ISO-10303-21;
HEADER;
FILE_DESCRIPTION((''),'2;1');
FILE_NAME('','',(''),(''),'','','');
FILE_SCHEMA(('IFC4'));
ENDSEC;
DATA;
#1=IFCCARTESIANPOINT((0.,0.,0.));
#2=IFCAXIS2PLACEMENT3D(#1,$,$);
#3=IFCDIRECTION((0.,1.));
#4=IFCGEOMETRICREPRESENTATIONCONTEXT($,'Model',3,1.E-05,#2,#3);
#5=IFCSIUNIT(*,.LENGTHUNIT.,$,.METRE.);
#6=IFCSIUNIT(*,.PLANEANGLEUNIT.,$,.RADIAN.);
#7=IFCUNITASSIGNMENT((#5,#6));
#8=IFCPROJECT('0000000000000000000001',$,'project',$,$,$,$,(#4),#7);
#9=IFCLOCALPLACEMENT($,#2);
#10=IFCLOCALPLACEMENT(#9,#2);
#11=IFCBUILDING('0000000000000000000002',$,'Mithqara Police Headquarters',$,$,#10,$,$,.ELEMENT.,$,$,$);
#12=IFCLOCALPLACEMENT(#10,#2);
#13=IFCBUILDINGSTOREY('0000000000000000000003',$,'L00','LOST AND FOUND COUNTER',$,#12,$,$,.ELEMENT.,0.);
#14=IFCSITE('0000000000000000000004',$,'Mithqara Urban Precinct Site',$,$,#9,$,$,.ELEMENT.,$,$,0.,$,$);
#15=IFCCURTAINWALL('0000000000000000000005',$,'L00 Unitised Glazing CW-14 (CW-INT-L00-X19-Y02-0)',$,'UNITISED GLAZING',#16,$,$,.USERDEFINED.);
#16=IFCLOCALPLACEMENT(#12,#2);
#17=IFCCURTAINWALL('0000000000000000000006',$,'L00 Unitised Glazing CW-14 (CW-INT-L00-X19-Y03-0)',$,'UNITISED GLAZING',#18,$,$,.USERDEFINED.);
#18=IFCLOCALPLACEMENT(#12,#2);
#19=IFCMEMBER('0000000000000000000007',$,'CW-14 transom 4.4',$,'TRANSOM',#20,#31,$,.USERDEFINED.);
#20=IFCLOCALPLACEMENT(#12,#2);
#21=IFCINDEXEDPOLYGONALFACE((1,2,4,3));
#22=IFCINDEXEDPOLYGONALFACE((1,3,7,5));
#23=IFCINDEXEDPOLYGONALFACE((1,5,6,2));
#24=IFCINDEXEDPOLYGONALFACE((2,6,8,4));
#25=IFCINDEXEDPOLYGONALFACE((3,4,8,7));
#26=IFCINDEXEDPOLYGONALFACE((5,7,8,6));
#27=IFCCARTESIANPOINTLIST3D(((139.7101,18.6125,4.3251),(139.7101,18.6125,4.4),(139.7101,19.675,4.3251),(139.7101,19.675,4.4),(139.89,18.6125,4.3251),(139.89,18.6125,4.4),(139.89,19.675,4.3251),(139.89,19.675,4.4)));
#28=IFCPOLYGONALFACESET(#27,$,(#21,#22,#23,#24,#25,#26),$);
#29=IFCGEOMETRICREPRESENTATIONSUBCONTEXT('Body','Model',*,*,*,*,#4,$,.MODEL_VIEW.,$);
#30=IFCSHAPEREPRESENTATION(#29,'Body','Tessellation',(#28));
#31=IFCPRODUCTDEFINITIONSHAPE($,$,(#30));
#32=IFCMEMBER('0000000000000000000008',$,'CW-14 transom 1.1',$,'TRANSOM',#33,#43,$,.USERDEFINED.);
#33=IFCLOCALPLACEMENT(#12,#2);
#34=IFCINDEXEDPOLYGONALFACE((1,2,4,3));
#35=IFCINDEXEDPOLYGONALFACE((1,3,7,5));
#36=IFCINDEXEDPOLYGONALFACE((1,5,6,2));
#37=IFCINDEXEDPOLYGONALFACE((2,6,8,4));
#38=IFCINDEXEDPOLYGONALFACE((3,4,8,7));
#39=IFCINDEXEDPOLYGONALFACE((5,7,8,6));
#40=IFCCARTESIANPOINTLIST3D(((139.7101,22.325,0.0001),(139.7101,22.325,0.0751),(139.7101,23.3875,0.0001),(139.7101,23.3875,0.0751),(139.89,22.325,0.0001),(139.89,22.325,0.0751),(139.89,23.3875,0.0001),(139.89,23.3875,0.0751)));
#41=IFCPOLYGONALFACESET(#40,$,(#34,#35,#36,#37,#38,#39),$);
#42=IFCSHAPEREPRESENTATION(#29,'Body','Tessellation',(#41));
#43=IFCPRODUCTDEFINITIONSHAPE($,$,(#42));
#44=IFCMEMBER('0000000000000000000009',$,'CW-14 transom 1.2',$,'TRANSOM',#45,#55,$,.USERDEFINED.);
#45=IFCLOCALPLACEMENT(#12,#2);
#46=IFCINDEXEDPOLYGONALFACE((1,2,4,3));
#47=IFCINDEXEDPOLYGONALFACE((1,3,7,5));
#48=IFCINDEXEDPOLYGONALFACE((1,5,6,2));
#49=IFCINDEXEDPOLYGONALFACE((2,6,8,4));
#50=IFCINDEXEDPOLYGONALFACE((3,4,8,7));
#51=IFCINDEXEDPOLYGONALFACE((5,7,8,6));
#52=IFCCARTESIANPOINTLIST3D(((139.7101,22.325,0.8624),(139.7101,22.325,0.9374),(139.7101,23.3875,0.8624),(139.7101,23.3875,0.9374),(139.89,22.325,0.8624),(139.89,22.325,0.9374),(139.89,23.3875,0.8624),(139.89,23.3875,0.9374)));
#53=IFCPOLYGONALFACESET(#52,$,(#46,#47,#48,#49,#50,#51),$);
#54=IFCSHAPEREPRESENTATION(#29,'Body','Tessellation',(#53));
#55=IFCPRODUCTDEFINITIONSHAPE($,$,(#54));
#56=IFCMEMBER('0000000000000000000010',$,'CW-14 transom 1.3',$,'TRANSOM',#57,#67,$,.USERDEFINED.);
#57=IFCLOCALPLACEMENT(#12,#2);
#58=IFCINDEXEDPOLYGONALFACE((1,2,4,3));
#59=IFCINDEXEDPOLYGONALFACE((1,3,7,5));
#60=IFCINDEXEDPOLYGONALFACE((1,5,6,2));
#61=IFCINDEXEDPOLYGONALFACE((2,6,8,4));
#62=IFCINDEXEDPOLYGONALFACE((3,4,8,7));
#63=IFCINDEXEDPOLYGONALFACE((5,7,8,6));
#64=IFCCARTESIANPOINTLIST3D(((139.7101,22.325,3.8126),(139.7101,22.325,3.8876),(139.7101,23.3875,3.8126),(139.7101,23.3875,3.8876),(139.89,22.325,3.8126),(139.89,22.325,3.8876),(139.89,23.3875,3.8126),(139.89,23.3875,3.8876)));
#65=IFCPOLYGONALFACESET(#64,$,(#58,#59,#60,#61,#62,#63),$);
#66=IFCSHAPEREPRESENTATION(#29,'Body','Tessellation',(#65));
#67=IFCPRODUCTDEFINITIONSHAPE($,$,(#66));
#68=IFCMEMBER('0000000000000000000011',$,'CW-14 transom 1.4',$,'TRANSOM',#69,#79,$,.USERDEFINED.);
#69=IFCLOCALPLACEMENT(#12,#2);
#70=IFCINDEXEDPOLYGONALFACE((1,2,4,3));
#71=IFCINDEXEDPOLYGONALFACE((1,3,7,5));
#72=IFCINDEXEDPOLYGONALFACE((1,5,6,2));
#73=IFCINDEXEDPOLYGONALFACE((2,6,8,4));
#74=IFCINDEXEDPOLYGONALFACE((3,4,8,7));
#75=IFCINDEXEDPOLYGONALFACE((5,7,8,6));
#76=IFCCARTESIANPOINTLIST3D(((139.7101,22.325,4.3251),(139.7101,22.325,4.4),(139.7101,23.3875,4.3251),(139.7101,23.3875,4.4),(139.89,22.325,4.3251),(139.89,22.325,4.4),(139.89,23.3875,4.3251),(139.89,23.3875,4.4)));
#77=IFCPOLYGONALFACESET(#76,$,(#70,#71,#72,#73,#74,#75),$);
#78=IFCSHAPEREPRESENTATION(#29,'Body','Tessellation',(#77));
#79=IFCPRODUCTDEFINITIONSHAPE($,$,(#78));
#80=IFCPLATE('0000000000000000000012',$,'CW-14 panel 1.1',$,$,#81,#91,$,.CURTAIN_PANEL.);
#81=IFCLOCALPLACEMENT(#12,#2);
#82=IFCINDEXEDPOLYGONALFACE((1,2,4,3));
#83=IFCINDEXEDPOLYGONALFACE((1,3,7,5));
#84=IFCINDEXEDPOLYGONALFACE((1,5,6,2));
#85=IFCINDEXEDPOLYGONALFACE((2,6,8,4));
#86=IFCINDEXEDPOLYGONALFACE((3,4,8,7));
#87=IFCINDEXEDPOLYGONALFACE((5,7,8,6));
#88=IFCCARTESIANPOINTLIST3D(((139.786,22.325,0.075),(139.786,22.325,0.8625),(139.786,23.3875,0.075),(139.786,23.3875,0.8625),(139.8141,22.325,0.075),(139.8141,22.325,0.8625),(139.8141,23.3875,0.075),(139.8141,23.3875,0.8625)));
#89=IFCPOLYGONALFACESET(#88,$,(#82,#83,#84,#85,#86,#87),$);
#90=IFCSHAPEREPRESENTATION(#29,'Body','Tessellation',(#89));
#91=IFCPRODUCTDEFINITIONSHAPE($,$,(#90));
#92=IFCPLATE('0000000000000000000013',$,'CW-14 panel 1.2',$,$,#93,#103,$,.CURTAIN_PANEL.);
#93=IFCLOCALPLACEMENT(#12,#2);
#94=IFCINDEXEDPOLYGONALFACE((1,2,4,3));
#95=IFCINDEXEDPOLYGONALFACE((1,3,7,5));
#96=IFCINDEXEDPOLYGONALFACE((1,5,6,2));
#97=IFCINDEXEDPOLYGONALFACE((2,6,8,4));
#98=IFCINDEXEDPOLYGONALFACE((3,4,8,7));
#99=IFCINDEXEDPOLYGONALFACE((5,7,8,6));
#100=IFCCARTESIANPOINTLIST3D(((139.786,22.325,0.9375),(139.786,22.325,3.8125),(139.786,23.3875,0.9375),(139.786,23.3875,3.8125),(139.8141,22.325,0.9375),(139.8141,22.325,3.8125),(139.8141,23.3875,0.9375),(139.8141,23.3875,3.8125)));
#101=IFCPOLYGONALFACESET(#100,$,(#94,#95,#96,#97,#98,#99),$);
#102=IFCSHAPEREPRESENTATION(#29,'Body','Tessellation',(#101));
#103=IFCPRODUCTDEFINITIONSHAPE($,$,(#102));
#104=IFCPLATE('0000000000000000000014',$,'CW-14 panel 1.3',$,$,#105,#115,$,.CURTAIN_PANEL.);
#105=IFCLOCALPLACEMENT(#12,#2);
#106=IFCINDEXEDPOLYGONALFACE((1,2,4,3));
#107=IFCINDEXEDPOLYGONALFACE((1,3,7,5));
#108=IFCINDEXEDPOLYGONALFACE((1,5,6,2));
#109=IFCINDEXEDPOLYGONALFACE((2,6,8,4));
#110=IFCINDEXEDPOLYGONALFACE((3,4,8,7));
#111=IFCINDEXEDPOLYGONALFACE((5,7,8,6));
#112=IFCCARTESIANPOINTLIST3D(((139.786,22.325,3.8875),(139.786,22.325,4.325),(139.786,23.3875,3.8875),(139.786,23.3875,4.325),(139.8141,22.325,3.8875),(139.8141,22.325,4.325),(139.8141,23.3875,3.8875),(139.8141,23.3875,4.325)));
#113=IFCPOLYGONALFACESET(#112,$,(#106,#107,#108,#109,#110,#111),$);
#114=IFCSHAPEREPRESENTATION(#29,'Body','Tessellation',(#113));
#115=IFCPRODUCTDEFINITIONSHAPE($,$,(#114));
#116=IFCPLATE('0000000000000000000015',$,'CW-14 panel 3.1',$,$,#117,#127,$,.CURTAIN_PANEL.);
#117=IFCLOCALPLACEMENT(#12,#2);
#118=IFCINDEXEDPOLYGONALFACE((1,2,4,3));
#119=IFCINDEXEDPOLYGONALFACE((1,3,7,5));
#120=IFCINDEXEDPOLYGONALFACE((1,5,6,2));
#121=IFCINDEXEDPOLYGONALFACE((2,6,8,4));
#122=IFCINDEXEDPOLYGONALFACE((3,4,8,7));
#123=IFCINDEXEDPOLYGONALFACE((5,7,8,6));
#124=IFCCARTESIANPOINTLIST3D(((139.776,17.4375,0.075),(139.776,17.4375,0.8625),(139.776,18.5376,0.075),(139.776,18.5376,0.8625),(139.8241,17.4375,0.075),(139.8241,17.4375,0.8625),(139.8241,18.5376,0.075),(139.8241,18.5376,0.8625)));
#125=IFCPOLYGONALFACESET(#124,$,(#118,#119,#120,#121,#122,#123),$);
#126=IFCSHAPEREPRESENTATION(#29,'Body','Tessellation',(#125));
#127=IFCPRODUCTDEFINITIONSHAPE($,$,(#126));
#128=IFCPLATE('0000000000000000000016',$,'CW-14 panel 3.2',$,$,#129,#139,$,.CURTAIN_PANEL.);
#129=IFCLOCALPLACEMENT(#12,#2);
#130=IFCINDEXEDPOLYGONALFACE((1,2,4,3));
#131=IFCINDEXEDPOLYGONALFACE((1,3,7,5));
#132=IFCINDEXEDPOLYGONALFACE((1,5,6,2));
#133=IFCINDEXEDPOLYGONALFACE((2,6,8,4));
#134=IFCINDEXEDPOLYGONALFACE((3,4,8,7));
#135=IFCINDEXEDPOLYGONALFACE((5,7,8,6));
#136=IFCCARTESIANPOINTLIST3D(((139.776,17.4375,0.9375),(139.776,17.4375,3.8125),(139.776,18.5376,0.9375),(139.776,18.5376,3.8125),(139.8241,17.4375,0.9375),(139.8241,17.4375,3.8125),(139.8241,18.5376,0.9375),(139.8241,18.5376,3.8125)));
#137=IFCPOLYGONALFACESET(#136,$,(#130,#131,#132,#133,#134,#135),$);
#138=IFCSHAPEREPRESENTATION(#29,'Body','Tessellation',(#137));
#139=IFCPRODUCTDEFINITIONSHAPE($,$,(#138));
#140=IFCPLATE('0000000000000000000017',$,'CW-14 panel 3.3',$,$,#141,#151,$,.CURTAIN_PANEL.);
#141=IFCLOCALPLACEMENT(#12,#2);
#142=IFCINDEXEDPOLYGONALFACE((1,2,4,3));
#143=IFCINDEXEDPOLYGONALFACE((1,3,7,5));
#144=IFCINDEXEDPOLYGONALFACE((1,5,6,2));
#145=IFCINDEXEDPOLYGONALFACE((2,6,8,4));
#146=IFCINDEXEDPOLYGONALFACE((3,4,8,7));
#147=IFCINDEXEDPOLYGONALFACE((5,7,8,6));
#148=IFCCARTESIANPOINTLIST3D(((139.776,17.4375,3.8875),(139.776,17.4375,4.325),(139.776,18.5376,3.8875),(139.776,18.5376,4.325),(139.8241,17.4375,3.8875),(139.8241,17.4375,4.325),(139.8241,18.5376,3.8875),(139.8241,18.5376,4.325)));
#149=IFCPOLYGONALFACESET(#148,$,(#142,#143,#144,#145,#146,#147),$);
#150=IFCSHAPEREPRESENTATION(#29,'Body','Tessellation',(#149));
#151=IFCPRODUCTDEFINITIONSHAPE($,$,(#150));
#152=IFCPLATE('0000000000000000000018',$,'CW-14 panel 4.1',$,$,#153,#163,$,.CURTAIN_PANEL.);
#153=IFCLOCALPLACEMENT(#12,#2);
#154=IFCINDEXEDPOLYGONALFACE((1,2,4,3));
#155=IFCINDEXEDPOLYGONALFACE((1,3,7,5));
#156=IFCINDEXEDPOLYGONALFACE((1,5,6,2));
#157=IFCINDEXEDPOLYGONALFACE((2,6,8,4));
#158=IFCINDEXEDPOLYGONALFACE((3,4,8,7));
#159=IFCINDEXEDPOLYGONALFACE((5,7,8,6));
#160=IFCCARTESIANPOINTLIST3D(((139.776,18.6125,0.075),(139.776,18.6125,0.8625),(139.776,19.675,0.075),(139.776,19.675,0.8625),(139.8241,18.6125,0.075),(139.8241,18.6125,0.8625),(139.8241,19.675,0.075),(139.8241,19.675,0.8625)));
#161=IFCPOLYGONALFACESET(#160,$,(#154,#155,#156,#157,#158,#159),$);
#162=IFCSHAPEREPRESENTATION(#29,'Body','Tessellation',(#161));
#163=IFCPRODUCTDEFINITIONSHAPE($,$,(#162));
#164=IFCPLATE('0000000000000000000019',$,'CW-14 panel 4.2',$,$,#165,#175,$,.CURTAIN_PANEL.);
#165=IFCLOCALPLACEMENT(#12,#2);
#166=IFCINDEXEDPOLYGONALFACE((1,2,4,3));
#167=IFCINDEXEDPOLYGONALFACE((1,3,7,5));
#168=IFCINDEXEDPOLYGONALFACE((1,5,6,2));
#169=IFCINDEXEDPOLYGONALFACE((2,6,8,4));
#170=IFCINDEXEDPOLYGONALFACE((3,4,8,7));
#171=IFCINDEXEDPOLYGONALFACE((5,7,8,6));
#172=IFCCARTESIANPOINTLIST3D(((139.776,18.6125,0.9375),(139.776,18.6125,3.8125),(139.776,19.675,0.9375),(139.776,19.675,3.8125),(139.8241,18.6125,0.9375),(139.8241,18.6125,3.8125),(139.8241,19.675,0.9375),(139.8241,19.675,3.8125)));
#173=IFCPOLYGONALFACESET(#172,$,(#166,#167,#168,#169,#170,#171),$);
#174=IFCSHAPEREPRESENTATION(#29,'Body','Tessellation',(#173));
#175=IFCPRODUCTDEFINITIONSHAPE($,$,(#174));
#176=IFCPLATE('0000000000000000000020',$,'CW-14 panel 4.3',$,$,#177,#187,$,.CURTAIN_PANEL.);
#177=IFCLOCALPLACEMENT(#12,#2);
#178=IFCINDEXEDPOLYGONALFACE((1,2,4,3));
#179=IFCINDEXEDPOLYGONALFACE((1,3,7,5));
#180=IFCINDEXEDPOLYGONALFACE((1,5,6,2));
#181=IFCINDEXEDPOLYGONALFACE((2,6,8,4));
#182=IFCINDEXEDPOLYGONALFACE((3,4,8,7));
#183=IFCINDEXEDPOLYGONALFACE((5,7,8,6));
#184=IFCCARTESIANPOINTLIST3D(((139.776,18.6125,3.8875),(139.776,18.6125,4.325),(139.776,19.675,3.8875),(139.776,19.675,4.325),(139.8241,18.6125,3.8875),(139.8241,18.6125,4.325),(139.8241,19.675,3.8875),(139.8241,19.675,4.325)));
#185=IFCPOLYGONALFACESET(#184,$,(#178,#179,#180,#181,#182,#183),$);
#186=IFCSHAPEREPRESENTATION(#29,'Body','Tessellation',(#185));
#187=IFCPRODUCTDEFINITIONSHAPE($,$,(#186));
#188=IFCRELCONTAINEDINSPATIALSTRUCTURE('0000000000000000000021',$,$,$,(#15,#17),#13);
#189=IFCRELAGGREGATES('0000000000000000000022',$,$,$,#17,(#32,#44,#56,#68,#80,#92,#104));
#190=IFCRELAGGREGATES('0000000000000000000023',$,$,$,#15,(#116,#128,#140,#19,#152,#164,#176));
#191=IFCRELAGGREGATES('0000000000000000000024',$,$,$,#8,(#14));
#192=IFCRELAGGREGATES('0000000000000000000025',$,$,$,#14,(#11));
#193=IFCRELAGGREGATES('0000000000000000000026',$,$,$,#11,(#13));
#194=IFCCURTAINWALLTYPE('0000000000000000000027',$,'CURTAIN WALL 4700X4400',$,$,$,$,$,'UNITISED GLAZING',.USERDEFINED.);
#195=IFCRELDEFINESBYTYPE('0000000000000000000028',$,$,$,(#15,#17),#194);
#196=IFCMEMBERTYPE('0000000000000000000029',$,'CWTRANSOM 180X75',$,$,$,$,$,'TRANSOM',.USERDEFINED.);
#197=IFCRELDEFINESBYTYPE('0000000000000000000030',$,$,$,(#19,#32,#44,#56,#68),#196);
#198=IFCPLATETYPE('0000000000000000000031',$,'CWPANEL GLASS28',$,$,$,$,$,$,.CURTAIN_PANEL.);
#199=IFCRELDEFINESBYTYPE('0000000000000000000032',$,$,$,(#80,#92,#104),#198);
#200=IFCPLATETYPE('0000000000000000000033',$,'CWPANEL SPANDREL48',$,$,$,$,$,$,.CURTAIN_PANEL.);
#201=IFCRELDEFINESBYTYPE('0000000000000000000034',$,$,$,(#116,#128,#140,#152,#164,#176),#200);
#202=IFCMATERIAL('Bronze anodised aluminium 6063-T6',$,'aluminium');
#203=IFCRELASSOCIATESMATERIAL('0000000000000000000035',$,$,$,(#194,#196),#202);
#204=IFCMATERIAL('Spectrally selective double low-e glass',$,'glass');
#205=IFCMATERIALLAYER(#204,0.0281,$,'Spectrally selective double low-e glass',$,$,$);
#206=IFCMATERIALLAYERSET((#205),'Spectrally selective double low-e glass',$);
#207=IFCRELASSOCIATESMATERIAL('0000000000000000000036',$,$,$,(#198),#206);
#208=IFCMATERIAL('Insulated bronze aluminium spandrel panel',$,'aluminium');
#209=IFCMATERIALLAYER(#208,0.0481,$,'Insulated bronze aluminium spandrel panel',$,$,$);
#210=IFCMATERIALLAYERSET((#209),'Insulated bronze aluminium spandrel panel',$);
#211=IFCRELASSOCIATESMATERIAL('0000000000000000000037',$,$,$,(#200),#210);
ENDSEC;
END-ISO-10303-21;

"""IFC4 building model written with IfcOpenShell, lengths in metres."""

from ifc_helpers import new_model, si_unit, direction, frame, origin, origin_2d, place, context, subcontext, project, spatial, rectangle, extrude, material, layer, layer_set, material_profile, profile_set, type_object, element, aggregate, save


model = new_model("IFC4")

# Units and contexts
model_context = context("Model", 3, precision=1e-05, world=origin(), true_north=direction((0.0, 1.0)))
body_context = subcontext(model_context, "Body", "Model", "MODEL_VIEW")
ifc_project = project(units=[si_unit("LENGTHUNIT", "METRE"), si_unit("PLANEANGLEUNIT", "RADIAN")], contexts=[model_context])

# Site, building, storey
site_placement = place(None, origin())
site = spatial("IfcSite", under=ifc_project, at=site_placement, Name="Mithqara Urban Precinct Site", CompositionType="ELEMENT", RefElevation=0.0)
building_placement = place(site_placement, origin())
building = spatial("IfcBuilding", under=site, at=building_placement, Name="Mithqara Police Headquarters", CompositionType="ELEMENT")
storey_placement = place(building_placement, origin())
storey = spatial("IfcBuildingStorey", under=building, at=storey_placement, Name="L00", Description="LOST AND FOUND COUNTER", CompositionType="ELEMENT", Elevation=0.0)

# Curtain wall
ifc_material_1 = material(Name="Bronze anodised aluminium 6063-T6", Category="aluminium")
curtain_wall_type = type_object("IfcCurtainWallType", Name="CURTAIN WALL 4700X4400", ElementType="UNITISED GLAZING", PredefinedType="USERDEFINED", material=ifc_material_1)
curtain_wall_1_placement = place(storey_placement, origin())
curtain_wall_1 = element("IfcCurtainWall", 1, at=curtain_wall_1_placement, inside=storey, type_object=curtain_wall_type, Name="L00 Unitised Glazing CW-14 (CW-INT-L00-X19-Y02-0)", ObjectType="UNITISED GLAZING", PredefinedType="USERDEFINED")

# Curtain wall
curtain_wall_2_placement = place(storey_placement, origin())
curtain_wall_2 = element("IfcCurtainWall", 2, at=curtain_wall_2_placement, inside=storey, type_object=curtain_wall_type, Name="L00 Unitised Glazing CW-14 (CW-INT-L00-X19-Y03-0)", ObjectType="UNITISED GLAZING", PredefinedType="USERDEFINED")

# Members
ifc_material_profile_1 = material_profile(ifc_material_1, rectangle(XDim=0.1799, YDim=0.075, at=origin_2d()), Name="CWT 180x75")
ifc_profile_set_1 = profile_set([ifc_material_profile_1], Name="Bronze anodised aluminium 6063-T6")
member_type_1 = type_object("IfcMemberType", Name="CWTRANSOM 180X75", ElementType="TRANSOM", PredefinedType="USERDEFINED", material=ifc_profile_set_1)
member_1_placement = place(storey_placement, frame((139.8, 18.6125, 4.3625), z_axis=(0.0, 1.0, 0.0), x_axis=(-1.0, 0.0, 0.0)))
member_1 = element("IfcMember", 3, at=member_1_placement, type_object=member_type_1, Name="CW-14 transom 4.4", ObjectType="TRANSOM", PredefinedType="USERDEFINED", context=body_context, shape_type="SweptSolid", body=[
    extrude(rectangle(XDim=0.1799, YDim=0.075, at=origin_2d()), origin(), (0.0, 0.0, 1.0), 1.0625),
])
member_2_placement = place(storey_placement, frame((139.8, 22.325, 0.0376), z_axis=(0.0, 1.0, 0.0), x_axis=(-1.0, 0.0, 0.0)))
member_2 = element("IfcMember", 4, at=member_2_placement, type_object=member_type_1, Name="CW-14 transom 1.1", ObjectType="TRANSOM", PredefinedType="USERDEFINED", context=body_context, shape_type="SweptSolid", body=[
    extrude(rectangle(XDim=0.1799, YDim=0.075, at=origin_2d()), origin(), (0.0, 0.0, 1.0), 1.0625),
])
member_3_placement = place(storey_placement, frame((139.8, 22.325, 0.8999), z_axis=(0.0, 1.0, 0.0), x_axis=(-1.0, 0.0, 0.0)))
member_3 = element("IfcMember", 5, at=member_3_placement, type_object=member_type_1, Name="CW-14 transom 1.2", ObjectType="TRANSOM", PredefinedType="USERDEFINED", context=body_context, shape_type="SweptSolid", body=[
    extrude(rectangle(XDim=0.1799, YDim=0.075, at=origin_2d()), origin(), (0.0, 0.0, 1.0), 1.0625),
])
member_4_placement = place(storey_placement, frame((139.8, 22.325, 3.8501), z_axis=(0.0, 1.0, 0.0), x_axis=(-1.0, 0.0, 0.0)))
member_4 = element("IfcMember", 6, at=member_4_placement, type_object=member_type_1, Name="CW-14 transom 1.3", ObjectType="TRANSOM", PredefinedType="USERDEFINED", context=body_context, shape_type="SweptSolid", body=[
    extrude(rectangle(XDim=0.1799, YDim=0.075, at=origin_2d()), origin(), (0.0, 0.0, 1.0), 1.0625),
])
member_5_placement = place(storey_placement, frame((139.8, 22.325, 4.3625), z_axis=(0.0, 1.0, 0.0), x_axis=(-1.0, 0.0, 0.0)))
member_5 = element("IfcMember", 7, at=member_5_placement, type_object=member_type_1, Name="CW-14 transom 1.4", ObjectType="TRANSOM", PredefinedType="USERDEFINED", context=body_context, shape_type="SweptSolid", body=[
    extrude(rectangle(XDim=0.1799, YDim=0.075, at=origin_2d()), origin(), (0.0, 0.0, 1.0), 1.0625),
])

# Plates
ifc_material_2 = material(Name="Spectrally selective double low-e glass", Category="glass")
ifc_layer_1 = layer(ifc_material_2, 0.0281, Name="Spectrally selective double low-e glass")
ifc_layer_set_1 = layer_set([ifc_layer_1], Name="Spectrally selective double low-e glass")
plate_type_1 = type_object("IfcPlateType", Name="CWPANEL GLASS28", PredefinedType="CURTAIN_PANEL", material=ifc_layer_set_1)
plate_1_placement = place(storey_placement, frame((139.8, 22.8562, 0.075), z_axis=(0.0, 0.0, 1.0), x_axis=(0.0, 1.0, 0.0)))
plate_1 = element("IfcPlate", 8, at=plate_1_placement, type_object=plate_type_1, Name="CW-14 panel 1.1", PredefinedType="CURTAIN_PANEL", context=body_context, shape_type="SweptSolid", body=[
    extrude(rectangle(XDim=1.0625, YDim=0.0281, at=origin_2d()), origin(), (0.0, 0.0, 1.0), 0.7876),
])
plate_2_placement = place(storey_placement, frame((139.8, 22.8562, 0.9375), z_axis=(0.0, 0.0, 1.0), x_axis=(0.0, 1.0, 0.0)))
plate_2 = element("IfcPlate", 9, at=plate_2_placement, type_object=plate_type_1, Name="CW-14 panel 1.2", PredefinedType="CURTAIN_PANEL", context=body_context, shape_type="SweptSolid", body=[
    extrude(rectangle(XDim=1.0625, YDim=0.0281, at=origin_2d()), origin(), (0.0, 0.0, 1.0), 2.875),
])
plate_3_placement = place(storey_placement, frame((139.8, 22.8562, 3.8875), z_axis=(0.0, 0.0, 1.0), x_axis=(0.0, 1.0, 0.0)))
plate_3 = element("IfcPlate", 10, at=plate_3_placement, type_object=plate_type_1, Name="CW-14 panel 1.3", PredefinedType="CURTAIN_PANEL", context=body_context, shape_type="SweptSolid", body=[
    extrude(rectangle(XDim=1.0625, YDim=0.0281, at=origin_2d()), origin(), (0.0, 0.0, 1.0), 0.4375),
])
aggregate(curtain_wall_2, [member_2, member_3, member_4, member_5, plate_1, plate_2, plate_3])
ifc_material_3 = material(Name="Insulated bronze aluminium spandrel panel", Category="aluminium")
ifc_layer_2 = layer(ifc_material_3, 0.0481, Name="Insulated bronze aluminium spandrel panel")
ifc_layer_set_2 = layer_set([ifc_layer_2], Name="Insulated bronze aluminium spandrel panel")
plate_type_2 = type_object("IfcPlateType", Name="CWPANEL SPANDREL48", PredefinedType="CURTAIN_PANEL", material=ifc_layer_set_2)
plate_4_placement = place(storey_placement, frame((139.8, 17.9875, 0.075), z_axis=(0.0, 0.0, 1.0), x_axis=(0.0, 1.0, 0.0)))
plate_4 = element("IfcPlate", 11, at=plate_4_placement, type_object=plate_type_2, Name="CW-14 panel 3.1", PredefinedType="CURTAIN_PANEL", context=body_context, shape_type="SweptSolid", body=[
    extrude(rectangle(XDim=1.1001, YDim=0.0481, at=origin_2d()), origin(), (0.0, 0.0, 1.0), 0.7876),
])
plate_5_placement = place(storey_placement, frame((139.8, 17.9875, 0.9375), z_axis=(0.0, 0.0, 1.0), x_axis=(0.0, 1.0, 0.0)))
plate_5 = element("IfcPlate", 12, at=plate_5_placement, type_object=plate_type_2, Name="CW-14 panel 3.2", PredefinedType="CURTAIN_PANEL", context=body_context, shape_type="SweptSolid", body=[
    extrude(rectangle(XDim=1.1001, YDim=0.0481, at=origin_2d()), origin(), (0.0, 0.0, 1.0), 2.875),
])
plate_6_placement = place(storey_placement, frame((139.8, 17.9875, 3.8875), z_axis=(0.0, 0.0, 1.0), x_axis=(0.0, 1.0, 0.0)))
plate_6 = element("IfcPlate", 13, at=plate_6_placement, type_object=plate_type_2, Name="CW-14 panel 3.3", PredefinedType="CURTAIN_PANEL", context=body_context, shape_type="SweptSolid", body=[
    extrude(rectangle(XDim=1.1001, YDim=0.0481, at=origin_2d()), origin(), (0.0, 0.0, 1.0), 0.4375),
])
plate_7_placement = place(storey_placement, frame((139.8, 19.1438, 0.075), z_axis=(0.0, 0.0, 1.0), x_axis=(0.0, 1.0, 0.0)))
plate_7 = element("IfcPlate", 14, at=plate_7_placement, type_object=plate_type_2, Name="CW-14 panel 4.1", PredefinedType="CURTAIN_PANEL", context=body_context, shape_type="SweptSolid", body=[
    extrude(rectangle(XDim=1.0625, YDim=0.0481, at=origin_2d()), origin(), (0.0, 0.0, 1.0), 0.7876),
])
plate_8_placement = place(storey_placement, frame((139.8, 19.1438, 0.9375), z_axis=(0.0, 0.0, 1.0), x_axis=(0.0, 1.0, 0.0)))
plate_8 = element("IfcPlate", 15, at=plate_8_placement, type_object=plate_type_2, Name="CW-14 panel 4.2", PredefinedType="CURTAIN_PANEL", context=body_context, shape_type="SweptSolid", body=[
    extrude(rectangle(XDim=1.0625, YDim=0.0481, at=origin_2d()), origin(), (0.0, 0.0, 1.0), 2.875),
])
plate_9_placement = place(storey_placement, frame((139.8, 19.1438, 3.8875), z_axis=(0.0, 0.0, 1.0), x_axis=(0.0, 1.0, 0.0)))
plate_9 = element("IfcPlate", 16, at=plate_9_placement, type_object=plate_type_2, Name="CW-14 panel 4.3", PredefinedType="CURTAIN_PANEL", context=body_context, shape_type="SweptSolid", body=[
    extrude(rectangle(XDim=1.0625, YDim=0.0481, at=origin_2d()), origin(), (0.0, 0.0, 1.0), 0.4375),
])
aggregate(curtain_wall_1, [plate_4, plate_5, plate_6, member_1, plate_7, plate_8, plate_9])

save(model, "model.ifc")
